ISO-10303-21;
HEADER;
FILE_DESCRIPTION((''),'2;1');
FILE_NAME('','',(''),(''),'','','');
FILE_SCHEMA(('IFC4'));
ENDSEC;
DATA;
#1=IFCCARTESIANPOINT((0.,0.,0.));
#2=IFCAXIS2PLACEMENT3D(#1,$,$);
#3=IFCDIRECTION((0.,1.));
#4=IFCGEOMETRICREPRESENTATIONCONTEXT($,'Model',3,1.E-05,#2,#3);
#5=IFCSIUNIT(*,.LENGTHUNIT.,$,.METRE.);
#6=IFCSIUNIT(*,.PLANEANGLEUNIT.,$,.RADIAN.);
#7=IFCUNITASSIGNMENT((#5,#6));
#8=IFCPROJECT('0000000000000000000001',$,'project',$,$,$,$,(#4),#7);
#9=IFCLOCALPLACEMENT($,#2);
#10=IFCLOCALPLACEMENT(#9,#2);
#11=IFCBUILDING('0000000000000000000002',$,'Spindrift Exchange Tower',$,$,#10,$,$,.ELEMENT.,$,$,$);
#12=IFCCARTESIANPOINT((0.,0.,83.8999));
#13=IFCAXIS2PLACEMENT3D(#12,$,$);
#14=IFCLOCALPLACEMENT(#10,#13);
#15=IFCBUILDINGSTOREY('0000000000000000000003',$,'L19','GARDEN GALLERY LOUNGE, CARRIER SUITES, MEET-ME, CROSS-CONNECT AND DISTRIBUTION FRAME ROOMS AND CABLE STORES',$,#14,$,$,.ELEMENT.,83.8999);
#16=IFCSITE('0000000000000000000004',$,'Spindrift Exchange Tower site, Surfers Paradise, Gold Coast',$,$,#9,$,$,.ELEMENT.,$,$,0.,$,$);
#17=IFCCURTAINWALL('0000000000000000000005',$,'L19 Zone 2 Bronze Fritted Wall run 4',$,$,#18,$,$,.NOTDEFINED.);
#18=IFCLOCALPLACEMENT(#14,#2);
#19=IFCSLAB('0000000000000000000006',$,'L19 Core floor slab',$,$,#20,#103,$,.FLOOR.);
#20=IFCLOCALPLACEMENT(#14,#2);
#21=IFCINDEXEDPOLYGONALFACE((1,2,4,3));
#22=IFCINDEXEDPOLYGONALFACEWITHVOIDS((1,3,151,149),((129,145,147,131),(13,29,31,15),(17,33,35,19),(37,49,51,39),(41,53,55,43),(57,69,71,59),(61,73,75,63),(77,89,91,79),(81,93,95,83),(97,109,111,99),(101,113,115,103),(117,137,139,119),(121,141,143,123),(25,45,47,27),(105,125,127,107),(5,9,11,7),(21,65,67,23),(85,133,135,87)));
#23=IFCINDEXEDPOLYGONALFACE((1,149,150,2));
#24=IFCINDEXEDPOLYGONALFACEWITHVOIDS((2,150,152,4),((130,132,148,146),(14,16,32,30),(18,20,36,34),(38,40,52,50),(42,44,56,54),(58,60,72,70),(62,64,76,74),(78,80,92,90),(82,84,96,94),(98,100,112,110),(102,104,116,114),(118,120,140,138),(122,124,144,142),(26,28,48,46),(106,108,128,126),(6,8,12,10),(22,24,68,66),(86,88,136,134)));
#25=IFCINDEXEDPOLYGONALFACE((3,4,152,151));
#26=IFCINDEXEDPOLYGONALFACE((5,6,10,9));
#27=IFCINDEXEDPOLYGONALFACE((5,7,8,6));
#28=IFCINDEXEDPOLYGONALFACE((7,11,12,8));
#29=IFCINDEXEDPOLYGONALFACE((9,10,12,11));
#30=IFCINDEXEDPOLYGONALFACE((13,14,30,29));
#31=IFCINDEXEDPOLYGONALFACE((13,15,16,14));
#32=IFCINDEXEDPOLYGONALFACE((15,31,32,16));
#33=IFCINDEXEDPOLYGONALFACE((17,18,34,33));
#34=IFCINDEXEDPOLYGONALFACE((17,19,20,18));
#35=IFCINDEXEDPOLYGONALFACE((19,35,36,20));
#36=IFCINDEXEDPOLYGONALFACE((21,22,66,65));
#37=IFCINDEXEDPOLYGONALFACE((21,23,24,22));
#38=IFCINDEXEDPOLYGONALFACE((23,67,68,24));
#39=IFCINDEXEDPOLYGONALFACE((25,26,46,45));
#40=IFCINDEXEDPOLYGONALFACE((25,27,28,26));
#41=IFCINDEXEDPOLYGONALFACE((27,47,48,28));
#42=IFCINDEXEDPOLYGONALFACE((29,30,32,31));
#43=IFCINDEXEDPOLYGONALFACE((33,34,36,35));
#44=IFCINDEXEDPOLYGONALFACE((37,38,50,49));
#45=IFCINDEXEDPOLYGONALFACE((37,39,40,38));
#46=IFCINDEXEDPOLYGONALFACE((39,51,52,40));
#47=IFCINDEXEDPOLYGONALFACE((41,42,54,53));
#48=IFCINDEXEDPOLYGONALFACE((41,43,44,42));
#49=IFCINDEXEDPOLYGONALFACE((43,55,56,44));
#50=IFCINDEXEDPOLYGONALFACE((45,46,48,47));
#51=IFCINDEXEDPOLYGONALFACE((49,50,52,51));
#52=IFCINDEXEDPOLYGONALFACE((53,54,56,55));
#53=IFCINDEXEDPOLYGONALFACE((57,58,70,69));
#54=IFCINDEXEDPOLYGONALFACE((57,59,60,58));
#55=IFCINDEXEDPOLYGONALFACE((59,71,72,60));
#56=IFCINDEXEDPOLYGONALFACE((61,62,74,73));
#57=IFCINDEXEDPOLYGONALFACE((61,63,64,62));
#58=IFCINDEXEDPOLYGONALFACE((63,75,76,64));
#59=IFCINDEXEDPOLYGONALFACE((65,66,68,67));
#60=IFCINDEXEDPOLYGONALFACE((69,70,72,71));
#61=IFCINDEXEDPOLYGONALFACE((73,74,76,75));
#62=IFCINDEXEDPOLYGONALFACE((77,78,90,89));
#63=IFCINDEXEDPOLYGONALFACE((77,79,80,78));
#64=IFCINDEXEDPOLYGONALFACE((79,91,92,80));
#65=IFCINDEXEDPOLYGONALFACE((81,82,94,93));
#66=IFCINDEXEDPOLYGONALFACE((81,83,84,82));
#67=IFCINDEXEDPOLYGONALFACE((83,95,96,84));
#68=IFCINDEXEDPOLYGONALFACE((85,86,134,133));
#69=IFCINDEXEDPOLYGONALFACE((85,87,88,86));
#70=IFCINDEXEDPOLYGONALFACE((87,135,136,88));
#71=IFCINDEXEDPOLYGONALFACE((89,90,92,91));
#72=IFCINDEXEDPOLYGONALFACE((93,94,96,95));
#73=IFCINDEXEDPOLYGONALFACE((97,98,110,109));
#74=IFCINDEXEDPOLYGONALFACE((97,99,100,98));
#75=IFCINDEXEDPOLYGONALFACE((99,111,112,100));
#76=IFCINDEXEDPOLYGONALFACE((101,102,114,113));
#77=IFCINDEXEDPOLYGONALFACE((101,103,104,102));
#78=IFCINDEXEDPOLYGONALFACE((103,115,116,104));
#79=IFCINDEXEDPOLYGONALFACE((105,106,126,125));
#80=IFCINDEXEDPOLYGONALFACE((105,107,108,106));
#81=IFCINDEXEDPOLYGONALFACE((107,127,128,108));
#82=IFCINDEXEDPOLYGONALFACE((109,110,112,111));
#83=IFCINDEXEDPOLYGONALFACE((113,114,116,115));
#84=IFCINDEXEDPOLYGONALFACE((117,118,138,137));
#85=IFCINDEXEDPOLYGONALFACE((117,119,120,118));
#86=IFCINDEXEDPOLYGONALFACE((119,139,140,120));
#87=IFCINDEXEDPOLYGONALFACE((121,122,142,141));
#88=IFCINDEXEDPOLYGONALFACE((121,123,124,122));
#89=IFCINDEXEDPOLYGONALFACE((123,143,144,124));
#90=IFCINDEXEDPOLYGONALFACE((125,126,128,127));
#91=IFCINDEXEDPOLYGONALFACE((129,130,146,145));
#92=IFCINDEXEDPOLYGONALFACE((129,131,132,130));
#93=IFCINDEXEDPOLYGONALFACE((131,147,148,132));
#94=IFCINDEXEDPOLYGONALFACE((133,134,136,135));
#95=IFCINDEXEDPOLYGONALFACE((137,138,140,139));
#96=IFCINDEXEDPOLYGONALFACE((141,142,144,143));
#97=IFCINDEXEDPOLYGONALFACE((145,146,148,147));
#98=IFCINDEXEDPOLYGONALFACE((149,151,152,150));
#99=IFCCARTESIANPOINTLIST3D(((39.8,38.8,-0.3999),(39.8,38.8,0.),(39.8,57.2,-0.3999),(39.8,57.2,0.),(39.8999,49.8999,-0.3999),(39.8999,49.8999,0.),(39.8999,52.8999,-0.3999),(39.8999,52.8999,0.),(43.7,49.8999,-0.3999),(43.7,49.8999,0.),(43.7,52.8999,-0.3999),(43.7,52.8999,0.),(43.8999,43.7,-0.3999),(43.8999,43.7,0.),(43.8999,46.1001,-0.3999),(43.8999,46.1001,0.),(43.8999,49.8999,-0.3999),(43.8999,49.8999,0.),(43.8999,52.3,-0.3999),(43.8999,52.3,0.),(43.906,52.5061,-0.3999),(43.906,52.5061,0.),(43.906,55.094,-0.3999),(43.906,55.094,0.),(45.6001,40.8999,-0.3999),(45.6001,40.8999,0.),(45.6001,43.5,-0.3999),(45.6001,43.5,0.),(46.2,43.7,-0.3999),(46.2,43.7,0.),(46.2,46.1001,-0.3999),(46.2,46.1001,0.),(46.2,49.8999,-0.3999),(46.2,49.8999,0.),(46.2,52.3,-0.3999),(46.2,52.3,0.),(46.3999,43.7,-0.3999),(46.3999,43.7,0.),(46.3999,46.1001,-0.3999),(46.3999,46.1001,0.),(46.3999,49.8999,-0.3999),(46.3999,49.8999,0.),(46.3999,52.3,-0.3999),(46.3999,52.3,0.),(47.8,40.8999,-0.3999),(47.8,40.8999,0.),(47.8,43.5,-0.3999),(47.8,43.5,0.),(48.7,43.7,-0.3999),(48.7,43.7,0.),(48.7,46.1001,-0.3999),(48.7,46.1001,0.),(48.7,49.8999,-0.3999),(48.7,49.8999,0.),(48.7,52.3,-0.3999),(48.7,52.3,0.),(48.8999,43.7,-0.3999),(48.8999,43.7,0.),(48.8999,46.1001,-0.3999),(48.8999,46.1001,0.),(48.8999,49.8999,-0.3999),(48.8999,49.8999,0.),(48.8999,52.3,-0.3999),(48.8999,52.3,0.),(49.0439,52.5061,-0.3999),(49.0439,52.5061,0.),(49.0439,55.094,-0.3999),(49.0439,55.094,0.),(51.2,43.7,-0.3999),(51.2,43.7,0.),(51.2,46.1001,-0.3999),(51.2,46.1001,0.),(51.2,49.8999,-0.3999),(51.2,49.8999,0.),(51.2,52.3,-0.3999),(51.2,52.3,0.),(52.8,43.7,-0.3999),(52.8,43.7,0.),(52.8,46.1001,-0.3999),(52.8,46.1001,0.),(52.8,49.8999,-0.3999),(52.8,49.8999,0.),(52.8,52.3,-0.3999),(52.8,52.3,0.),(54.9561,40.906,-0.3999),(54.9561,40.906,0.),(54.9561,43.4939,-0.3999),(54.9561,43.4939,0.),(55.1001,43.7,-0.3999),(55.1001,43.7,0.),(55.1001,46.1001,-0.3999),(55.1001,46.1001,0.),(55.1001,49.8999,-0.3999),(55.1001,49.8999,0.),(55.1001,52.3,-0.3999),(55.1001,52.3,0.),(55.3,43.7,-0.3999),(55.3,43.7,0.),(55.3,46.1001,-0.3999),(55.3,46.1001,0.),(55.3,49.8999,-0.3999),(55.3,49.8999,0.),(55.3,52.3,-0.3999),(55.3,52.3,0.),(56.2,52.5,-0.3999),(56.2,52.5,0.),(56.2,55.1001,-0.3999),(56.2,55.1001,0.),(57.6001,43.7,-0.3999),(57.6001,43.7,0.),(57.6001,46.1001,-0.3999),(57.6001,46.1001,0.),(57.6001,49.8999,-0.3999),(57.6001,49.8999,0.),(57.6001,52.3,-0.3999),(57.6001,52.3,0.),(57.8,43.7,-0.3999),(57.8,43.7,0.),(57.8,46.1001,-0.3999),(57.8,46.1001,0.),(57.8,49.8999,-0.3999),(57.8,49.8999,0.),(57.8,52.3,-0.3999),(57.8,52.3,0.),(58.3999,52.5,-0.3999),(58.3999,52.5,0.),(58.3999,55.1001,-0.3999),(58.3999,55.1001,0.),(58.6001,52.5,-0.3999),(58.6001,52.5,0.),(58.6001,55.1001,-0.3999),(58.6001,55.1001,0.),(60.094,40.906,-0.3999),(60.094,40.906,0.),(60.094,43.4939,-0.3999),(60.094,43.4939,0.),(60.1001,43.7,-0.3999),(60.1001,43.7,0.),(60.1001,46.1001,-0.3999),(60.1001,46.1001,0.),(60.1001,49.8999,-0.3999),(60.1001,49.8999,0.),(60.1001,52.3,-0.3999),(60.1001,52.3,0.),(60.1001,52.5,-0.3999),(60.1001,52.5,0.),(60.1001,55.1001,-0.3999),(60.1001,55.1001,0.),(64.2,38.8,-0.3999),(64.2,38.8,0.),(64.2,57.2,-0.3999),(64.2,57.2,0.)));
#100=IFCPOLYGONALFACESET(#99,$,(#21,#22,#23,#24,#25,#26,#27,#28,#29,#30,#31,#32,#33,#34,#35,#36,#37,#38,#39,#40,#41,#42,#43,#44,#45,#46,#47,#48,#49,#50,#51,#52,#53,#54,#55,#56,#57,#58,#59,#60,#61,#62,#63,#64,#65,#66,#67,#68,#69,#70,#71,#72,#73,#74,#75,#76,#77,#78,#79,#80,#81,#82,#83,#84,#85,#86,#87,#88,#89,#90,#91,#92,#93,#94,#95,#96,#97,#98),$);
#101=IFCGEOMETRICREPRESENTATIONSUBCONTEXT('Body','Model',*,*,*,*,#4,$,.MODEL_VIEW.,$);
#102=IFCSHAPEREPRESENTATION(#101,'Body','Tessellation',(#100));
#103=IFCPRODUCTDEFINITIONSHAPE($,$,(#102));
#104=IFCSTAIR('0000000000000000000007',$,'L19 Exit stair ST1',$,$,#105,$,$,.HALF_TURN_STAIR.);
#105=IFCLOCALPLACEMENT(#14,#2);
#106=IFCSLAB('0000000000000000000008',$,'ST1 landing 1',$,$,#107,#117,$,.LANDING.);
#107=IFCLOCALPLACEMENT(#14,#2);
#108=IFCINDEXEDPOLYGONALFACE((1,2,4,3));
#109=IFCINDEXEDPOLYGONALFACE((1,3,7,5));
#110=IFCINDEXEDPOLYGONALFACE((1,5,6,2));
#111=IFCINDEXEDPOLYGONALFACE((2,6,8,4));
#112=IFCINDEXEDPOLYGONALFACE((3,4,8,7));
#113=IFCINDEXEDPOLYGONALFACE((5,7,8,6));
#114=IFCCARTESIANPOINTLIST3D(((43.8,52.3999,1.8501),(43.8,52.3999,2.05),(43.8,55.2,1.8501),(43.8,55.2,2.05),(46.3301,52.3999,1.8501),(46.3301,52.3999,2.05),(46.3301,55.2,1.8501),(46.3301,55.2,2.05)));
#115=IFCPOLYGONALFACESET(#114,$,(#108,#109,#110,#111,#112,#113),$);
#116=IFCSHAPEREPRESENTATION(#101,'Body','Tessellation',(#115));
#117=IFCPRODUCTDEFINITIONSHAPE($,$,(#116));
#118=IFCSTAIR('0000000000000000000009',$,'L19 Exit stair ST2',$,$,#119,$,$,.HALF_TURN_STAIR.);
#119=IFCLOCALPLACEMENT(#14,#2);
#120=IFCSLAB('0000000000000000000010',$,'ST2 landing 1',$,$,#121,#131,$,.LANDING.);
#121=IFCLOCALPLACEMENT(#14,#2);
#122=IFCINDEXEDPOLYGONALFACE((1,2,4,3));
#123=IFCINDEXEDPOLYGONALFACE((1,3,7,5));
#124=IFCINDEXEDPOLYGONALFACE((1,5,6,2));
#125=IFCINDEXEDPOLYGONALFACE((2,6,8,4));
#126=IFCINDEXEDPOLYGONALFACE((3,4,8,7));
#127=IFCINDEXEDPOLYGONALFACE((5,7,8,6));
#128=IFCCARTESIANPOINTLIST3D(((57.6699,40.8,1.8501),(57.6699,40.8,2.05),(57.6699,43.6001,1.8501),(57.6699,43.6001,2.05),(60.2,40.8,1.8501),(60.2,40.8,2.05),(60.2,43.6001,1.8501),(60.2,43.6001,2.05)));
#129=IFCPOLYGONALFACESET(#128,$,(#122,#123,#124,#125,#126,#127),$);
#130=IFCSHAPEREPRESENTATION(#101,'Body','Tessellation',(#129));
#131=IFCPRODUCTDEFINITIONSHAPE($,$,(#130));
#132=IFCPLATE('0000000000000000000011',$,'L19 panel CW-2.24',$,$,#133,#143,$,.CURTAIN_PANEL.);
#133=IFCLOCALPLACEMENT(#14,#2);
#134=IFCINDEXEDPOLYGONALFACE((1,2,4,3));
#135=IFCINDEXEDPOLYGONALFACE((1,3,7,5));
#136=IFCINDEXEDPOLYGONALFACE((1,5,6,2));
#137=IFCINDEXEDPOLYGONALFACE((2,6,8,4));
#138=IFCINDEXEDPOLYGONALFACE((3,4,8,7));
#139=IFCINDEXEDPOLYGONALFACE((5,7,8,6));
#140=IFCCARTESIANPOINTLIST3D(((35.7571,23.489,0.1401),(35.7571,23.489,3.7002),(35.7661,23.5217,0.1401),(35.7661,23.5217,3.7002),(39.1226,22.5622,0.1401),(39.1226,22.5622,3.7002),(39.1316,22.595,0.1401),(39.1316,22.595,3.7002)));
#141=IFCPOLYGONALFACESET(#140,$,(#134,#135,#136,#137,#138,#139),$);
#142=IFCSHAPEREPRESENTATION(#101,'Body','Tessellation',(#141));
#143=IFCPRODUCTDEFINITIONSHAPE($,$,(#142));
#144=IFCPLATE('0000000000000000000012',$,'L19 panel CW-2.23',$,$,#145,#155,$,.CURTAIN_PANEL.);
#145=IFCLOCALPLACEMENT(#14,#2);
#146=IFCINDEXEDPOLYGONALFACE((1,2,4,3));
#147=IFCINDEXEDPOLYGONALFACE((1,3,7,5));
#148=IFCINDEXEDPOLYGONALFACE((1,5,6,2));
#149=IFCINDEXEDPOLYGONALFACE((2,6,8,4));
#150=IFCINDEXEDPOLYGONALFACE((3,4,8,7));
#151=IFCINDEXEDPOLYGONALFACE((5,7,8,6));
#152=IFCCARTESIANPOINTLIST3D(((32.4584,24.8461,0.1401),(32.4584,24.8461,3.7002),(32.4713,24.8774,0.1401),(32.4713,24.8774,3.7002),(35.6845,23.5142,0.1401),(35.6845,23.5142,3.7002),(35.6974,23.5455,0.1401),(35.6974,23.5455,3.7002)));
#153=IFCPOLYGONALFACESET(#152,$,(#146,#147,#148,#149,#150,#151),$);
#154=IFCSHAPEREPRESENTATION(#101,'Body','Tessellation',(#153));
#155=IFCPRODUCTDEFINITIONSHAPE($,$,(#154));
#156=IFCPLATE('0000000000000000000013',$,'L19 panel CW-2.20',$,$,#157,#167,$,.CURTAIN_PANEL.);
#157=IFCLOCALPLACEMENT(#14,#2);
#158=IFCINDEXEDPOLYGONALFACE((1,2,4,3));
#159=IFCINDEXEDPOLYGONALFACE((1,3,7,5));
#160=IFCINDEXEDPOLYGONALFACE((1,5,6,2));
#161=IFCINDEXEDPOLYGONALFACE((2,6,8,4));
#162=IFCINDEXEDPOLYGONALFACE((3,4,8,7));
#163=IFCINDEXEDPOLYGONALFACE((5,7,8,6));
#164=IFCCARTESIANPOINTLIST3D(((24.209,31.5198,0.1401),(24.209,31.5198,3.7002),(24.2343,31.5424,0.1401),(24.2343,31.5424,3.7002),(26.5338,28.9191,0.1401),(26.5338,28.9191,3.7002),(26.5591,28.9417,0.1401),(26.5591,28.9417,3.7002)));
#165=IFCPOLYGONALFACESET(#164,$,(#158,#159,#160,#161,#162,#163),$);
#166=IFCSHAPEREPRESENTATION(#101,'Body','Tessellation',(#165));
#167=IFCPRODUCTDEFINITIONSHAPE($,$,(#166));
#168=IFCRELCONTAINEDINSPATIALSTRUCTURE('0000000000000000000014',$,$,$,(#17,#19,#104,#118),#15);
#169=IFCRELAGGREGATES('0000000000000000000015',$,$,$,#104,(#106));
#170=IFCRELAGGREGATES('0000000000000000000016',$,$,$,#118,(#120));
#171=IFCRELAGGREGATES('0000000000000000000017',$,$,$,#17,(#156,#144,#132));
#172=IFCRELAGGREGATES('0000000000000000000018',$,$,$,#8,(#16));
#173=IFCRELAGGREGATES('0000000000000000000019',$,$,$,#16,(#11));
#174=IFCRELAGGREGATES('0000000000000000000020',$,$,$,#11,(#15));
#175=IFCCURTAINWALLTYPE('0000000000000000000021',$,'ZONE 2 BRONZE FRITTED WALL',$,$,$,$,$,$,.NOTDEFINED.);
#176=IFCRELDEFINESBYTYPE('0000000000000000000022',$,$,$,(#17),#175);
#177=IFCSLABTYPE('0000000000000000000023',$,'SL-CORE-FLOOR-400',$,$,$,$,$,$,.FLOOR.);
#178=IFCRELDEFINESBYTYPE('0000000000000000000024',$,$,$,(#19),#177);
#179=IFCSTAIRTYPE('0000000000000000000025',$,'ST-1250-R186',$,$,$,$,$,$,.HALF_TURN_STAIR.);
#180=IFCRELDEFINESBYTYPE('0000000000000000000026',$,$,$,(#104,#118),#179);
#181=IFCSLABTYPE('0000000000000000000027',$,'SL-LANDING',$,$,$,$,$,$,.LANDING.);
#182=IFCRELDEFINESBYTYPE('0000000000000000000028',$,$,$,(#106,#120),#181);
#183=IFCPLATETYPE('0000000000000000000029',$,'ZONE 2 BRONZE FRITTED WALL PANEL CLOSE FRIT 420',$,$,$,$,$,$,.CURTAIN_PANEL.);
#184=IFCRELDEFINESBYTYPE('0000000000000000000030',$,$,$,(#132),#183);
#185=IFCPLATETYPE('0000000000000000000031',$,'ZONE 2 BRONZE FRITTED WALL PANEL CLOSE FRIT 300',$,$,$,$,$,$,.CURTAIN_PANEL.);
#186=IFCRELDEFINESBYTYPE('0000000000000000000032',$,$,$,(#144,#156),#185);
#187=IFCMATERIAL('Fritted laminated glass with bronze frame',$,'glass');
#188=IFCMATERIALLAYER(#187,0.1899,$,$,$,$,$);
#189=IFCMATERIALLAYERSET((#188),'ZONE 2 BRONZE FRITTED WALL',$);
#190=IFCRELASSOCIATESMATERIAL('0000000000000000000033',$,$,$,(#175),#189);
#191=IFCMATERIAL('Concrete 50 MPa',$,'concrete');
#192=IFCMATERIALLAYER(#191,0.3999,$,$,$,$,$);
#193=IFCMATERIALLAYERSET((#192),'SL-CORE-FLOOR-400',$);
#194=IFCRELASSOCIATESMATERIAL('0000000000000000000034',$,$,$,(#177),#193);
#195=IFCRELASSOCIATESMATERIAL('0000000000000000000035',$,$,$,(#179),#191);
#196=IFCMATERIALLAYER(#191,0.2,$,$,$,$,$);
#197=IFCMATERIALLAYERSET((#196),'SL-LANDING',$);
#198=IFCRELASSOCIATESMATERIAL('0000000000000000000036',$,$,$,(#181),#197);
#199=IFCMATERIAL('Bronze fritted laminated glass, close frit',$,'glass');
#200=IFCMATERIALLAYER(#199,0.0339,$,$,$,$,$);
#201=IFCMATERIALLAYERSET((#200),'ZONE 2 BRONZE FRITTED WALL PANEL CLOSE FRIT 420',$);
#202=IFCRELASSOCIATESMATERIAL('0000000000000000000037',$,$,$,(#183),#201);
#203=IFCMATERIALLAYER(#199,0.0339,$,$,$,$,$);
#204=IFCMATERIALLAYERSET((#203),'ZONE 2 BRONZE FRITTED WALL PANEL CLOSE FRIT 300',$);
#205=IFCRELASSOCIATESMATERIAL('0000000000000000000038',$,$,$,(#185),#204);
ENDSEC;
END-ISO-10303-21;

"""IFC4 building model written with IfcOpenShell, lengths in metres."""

from ifc_helpers import new_model, si_unit, direction, frame, origin, origin_2d, place, context, subcontext, project, spatial, line, indexed_curve, rectangle, outline, extrude, source, transform, mapped, material, layer, layer_set, type_object, element, aggregate, save


model = new_model("IFC4")

# Units and contexts
model_context = context("Model", 3, precision=1e-05, world=origin(), true_north=direction((0.0, 1.0)))
body_context = subcontext(model_context, "Body", "Model", "MODEL_VIEW")
ifc_project = project(units=[si_unit("LENGTHUNIT", "METRE"), si_unit("PLANEANGLEUNIT", "RADIAN")], contexts=[model_context])

# Site, building, storey
site_placement = place(None, origin())
site = spatial("IfcSite", under=ifc_project, at=site_placement, Name="Spindrift Exchange Tower site, Surfers Paradise, Gold Coast", CompositionType="ELEMENT", RefElevation=0.0)
building_placement = place(site_placement, origin())
building = spatial("IfcBuilding", under=site, at=building_placement, Name="Spindrift Exchange Tower", CompositionType="ELEMENT")
storey_placement = place(building_placement, frame((0.0, 0.0, 83.8999)))
storey = spatial("IfcBuildingStorey", under=building, at=storey_placement, Name="L19", Description="GARDEN GALLERY LOUNGE, CARRIER SUITES, MEET-ME, CROSS-CONNECT AND DISTRIBUTION FRAME ROOMS AND CABLE STORES", CompositionType="ELEMENT", Elevation=83.8999)

# Curtain wall
ifc_material_1 = material(Name="Fritted laminated glass with bronze frame", Category="glass")
ifc_layer_1 = layer(ifc_material_1, 0.1899)
ifc_layer_set_1 = layer_set([ifc_layer_1], Name="ZONE 2 BRONZE FRITTED WALL")
curtain_wall_type = type_object("IfcCurtainWallType", Name="ZONE 2 BRONZE FRITTED WALL", PredefinedType="NOTDEFINED", material=ifc_layer_set_1)
curtain_wall_1_placement = place(storey_placement, origin())
curtain_wall_1 = element("IfcCurtainWall", 1, at=curtain_wall_1_placement, inside=storey, type_object=curtain_wall_type, Name="L19 Zone 2 Bronze Fritted Wall run 4", PredefinedType="NOTDEFINED")

# Slab
ifc_material_2 = material(Name="Concrete 50 MPa", Category="concrete")
ifc_layer_2 = layer(ifc_material_2, 0.3999)
ifc_layer_set_2 = layer_set([ifc_layer_2], Name="SL-CORE-FLOOR-400")
slab_type_1 = type_object("IfcSlabType", Name="SL-CORE-FLOOR-400", PredefinedType="FLOOR", material=ifc_layer_set_2)
slab_1_placement = place(storey_placement, frame((0.0, 0.0, -0.3999)))
element("IfcSlab", 2, at=slab_1_placement, inside=storey, type_object=slab_type_1, Name="L19 Core floor slab", PredefinedType="FLOOR", context=body_context, shape_type="SweptSolid", body=[
    extrude(outline(indexed_curve([(39.8, 38.8), (39.8, 57.2), (64.2, 57.2), (64.2, 38.8)], segments=[line(1, 2, 3, 4, 1)], self_intersect=False), holes=[indexed_curve([(47.8, 43.5), (45.6001, 43.5), (45.6001, 40.8999), (47.8, 40.8999)], segments=[line(1, 2, 3, 4, 1)], self_intersect=False), indexed_curve([(46.2, 46.1001), (43.8999, 46.1001), (43.8999, 43.7), (46.2, 43.7)], segments=[line(1, 2, 3, 4, 1)], self_intersect=False), indexed_curve([(48.7, 46.1001), (46.3999, 46.1001), (46.3999, 43.7), (48.7, 43.7)], segments=[line(1, 2, 3, 4, 1)], self_intersect=False), indexed_curve([(51.2, 46.1001), (48.8999, 46.1001), (48.8999, 43.7), (51.2, 43.7)], segments=[line(1, 2, 3, 4, 1)], self_intersect=False), indexed_curve([(46.2, 52.3), (43.8999, 52.3), (43.8999, 49.8999), (46.2, 49.8999)], segments=[line(1, 2, 3, 4, 1)], self_intersect=False), indexed_curve([(48.7, 52.3), (46.3999, 52.3), (46.3999, 49.8999), (48.7, 49.8999)], segments=[line(1, 2, 3, 4, 1)], self_intersect=False), indexed_curve([(51.2, 52.3), (48.8999, 52.3), (48.8999, 49.8999), (51.2, 49.8999)], segments=[line(1, 2, 3, 4, 1)], self_intersect=False), indexed_curve([(43.7, 49.8999), (43.7, 52.8999), (39.8999, 52.8999), (39.8999, 49.8999)], segments=[line(1, 2, 3, 4, 1)], self_intersect=False), indexed_curve([(49.0439, 55.094), (43.906, 55.094), (43.906, 52.5061), (49.0439, 52.5061)], segments=[line(1, 2, 3, 4, 1)], self_intersect=False), indexed_curve([(60.094, 40.906), (60.094, 43.4939), (54.9561, 43.4939), (54.9561, 40.906)], segments=[line(1, 2, 3, 4, 1)], self_intersect=False), indexed_curve([(55.1001, 46.1001), (52.8, 46.1001), (52.8, 43.7), (55.1001, 43.7)], segments=[line(1, 2, 3, 4, 1)], self_intersect=False), indexed_curve([(57.6001, 46.1001), (55.3, 46.1001), (55.3, 43.7), (57.6001, 43.7)], segments=[line(1, 2, 3, 4, 1)], self_intersect=False), indexed_curve([(60.1001, 46.1001), (57.8, 46.1001), (57.8, 43.7), (60.1001, 43.7)], segments=[line(1, 2, 3, 4, 1)], self_intersect=False), indexed_curve([(55.1001, 52.3), (52.8, 52.3), (52.8, 49.8999), (55.1001, 49.8999)], segments=[line(1, 2, 3, 4, 1)], self_intersect=False), indexed_curve([(57.6001, 52.3), (55.3, 52.3), (55.3, 49.8999), (57.6001, 49.8999)], segments=[line(1, 2, 3, 4, 1)], self_intersect=False), indexed_curve([(60.1001, 52.3), (57.8, 52.3), (57.8, 49.8999), (60.1001, 49.8999)], segments=[line(1, 2, 3, 4, 1)], self_intersect=False), indexed_curve([(58.3999, 52.5), (58.3999, 55.1001), (56.2, 55.1001), (56.2, 52.5)], segments=[line(1, 2, 3, 4, 1)], self_intersect=False), indexed_curve([(60.1001, 52.5), (60.1001, 55.1001), (58.6001, 55.1001), (58.6001, 52.5)], segments=[line(1, 2, 3, 4, 1)], self_intersect=False)]), origin(), (0.0, 0.0, 1.0), 0.3999),
])

# Stairs, slabs
stair_type = type_object("IfcStairType", Name="ST-1250-R186", PredefinedType="HALF_TURN_STAIR", material=ifc_material_2)
stair_1_placement = place(storey_placement, origin())
stair_1 = element("IfcStair", 3, at=stair_1_placement, inside=storey, type_object=stair_type, Name="L19 Exit stair ST1", PredefinedType="HALF_TURN_STAIR")
ifc_layer_3 = layer(ifc_material_2, 0.2)
ifc_layer_set_3 = layer_set([ifc_layer_3], Name="SL-LANDING")
slab_type_2 = type_object("IfcSlabType", Name="SL-LANDING", PredefinedType="LANDING", material=ifc_layer_set_3)
slab_2_placement = place(storey_placement, frame((0.0, 0.0, 1.8501)))
slab_2 = element("IfcSlab", 4, at=slab_2_placement, type_object=slab_type_2, Name="ST1 landing 1", PredefinedType="LANDING", context=body_context, shape_type="SweptSolid", body=[
    extrude(outline(indexed_curve([(46.3301, 52.3999), (43.8, 52.3999), (43.8, 55.2), (46.3301, 55.2)], segments=[line(1, 2, 3, 4, 1)], self_intersect=False)), origin(), (0.0, 0.0, 1.0), 0.2),
])
aggregate(stair_1, [slab_2])
stair_2_placement = place(storey_placement, origin())
stair_2 = element("IfcStair", 5, at=stair_2_placement, inside=storey, type_object=stair_type, Name="L19 Exit stair ST2", PredefinedType="HALF_TURN_STAIR")
slab_3_placement = place(storey_placement, frame((0.0, 0.0, 1.8501)))
slab_3 = element("IfcSlab", 6, at=slab_3_placement, type_object=slab_type_2, Name="ST2 landing 1", PredefinedType="LANDING", context=body_context, shape_type="SweptSolid", body=[
    extrude(outline(indexed_curve([(57.6699, 43.6001), (60.2, 43.6001), (60.2, 40.8), (57.6699, 40.8)], segments=[line(1, 2, 3, 4, 1)], self_intersect=False)), origin(), (0.0, 0.0, 1.0), 0.2),
])
aggregate(stair_2, [slab_3])

# Plates
ifc_material_3 = material(Name="Bronze fritted laminated glass, close frit", Category="glass")
ifc_layer_4 = layer(ifc_material_3, 0.0339)
ifc_layer_set_4 = layer_set([ifc_layer_4], Name="ZONE 2 BRONZE FRITTED WALL PANEL CLOSE FRIT 420")
plate_type_1 = type_object("IfcPlateType", Name="ZONE 2 BRONZE FRITTED WALL PANEL CLOSE FRIT 420", PredefinedType="CURTAIN_PANEL", material=ifc_layer_set_4)
shared_shape_1 = source(origin(), body_context, "Body", "SweptSolid", [
    extrude(rectangle(XDim=3.4907, YDim=0.0339, at=origin_2d()), origin(), (0.0, 0.0, 1.0), 3.5601),
])
plate_1_placement = place(storey_placement, frame((37.4443, 23.042, 0.1401), z_axis=(0.0, 0.0, 1.0), x_axis=(0.964112, -0.265497, 0.0)))
plate_1 = element("IfcPlate", 7, at=plate_1_placement, type_object=plate_type_1, Name="L19 panel CW-2.24", PredefinedType="CURTAIN_PANEL", context=body_context, shape_type="MappedRepresentation", body=[
    mapped(shared_shape_1, transform((0.0, 0.0, 0.0), scale=1.0)),
])
ifc_layer_5 = layer(ifc_material_3, 0.0339)
ifc_layer_set_5 = layer_set([ifc_layer_5], Name="ZONE 2 BRONZE FRITTED WALL PANEL CLOSE FRIT 300")
plate_type_2 = type_object("IfcPlateType", Name="ZONE 2 BRONZE FRITTED WALL PANEL CLOSE FRIT 300", PredefinedType="CURTAIN_PANEL", material=ifc_layer_set_5)
shared_shape_2 = source(origin(), body_context, "Body", "SweptSolid", [
    extrude(rectangle(XDim=3.4902, YDim=0.0339, at=origin_2d()), origin(), (0.0, 0.0, 1.0), 3.5601),
])
plate_2_placement = place(storey_placement, frame((34.0779, 24.1958, 0.1401), z_axis=(0.0, 0.0, 1.0), x_axis=(0.924325, -0.381606, 0.0)))
plate_2 = element("IfcPlate", 8, at=plate_2_placement, type_object=plate_type_2, Name="L19 panel CW-2.23", PredefinedType="CURTAIN_PANEL", context=body_context, shape_type="MappedRepresentation", body=[
    mapped(shared_shape_2, transform((0.0, 0.0, 0.0), scale=1.0)),
])
shared_shape_3 = source(origin(), body_context, "Body", "SweptSolid", [
    extrude(rectangle(XDim=3.4883, YDim=0.0339, at=origin_2d()), origin(), (0.0, 0.0, 1.0), 3.5601),
])
plate_3_placement = place(storey_placement, frame((25.384, 30.2307, 0.1401), z_axis=(0.0, 0.0, 1.0), x_axis=(0.666444, -0.745555, 0.0)))
plate_3 = element("IfcPlate", 9, at=plate_3_placement, type_object=plate_type_2, Name="L19 panel CW-2.20", PredefinedType="CURTAIN_PANEL", context=body_context, shape_type="MappedRepresentation", body=[
    mapped(shared_shape_3, transform((0.0, 0.0, 0.0), scale=1.0)),
])
aggregate(curtain_wall_1, [plate_3, plate_2, plate_1])

save(model, "model.ifc")
